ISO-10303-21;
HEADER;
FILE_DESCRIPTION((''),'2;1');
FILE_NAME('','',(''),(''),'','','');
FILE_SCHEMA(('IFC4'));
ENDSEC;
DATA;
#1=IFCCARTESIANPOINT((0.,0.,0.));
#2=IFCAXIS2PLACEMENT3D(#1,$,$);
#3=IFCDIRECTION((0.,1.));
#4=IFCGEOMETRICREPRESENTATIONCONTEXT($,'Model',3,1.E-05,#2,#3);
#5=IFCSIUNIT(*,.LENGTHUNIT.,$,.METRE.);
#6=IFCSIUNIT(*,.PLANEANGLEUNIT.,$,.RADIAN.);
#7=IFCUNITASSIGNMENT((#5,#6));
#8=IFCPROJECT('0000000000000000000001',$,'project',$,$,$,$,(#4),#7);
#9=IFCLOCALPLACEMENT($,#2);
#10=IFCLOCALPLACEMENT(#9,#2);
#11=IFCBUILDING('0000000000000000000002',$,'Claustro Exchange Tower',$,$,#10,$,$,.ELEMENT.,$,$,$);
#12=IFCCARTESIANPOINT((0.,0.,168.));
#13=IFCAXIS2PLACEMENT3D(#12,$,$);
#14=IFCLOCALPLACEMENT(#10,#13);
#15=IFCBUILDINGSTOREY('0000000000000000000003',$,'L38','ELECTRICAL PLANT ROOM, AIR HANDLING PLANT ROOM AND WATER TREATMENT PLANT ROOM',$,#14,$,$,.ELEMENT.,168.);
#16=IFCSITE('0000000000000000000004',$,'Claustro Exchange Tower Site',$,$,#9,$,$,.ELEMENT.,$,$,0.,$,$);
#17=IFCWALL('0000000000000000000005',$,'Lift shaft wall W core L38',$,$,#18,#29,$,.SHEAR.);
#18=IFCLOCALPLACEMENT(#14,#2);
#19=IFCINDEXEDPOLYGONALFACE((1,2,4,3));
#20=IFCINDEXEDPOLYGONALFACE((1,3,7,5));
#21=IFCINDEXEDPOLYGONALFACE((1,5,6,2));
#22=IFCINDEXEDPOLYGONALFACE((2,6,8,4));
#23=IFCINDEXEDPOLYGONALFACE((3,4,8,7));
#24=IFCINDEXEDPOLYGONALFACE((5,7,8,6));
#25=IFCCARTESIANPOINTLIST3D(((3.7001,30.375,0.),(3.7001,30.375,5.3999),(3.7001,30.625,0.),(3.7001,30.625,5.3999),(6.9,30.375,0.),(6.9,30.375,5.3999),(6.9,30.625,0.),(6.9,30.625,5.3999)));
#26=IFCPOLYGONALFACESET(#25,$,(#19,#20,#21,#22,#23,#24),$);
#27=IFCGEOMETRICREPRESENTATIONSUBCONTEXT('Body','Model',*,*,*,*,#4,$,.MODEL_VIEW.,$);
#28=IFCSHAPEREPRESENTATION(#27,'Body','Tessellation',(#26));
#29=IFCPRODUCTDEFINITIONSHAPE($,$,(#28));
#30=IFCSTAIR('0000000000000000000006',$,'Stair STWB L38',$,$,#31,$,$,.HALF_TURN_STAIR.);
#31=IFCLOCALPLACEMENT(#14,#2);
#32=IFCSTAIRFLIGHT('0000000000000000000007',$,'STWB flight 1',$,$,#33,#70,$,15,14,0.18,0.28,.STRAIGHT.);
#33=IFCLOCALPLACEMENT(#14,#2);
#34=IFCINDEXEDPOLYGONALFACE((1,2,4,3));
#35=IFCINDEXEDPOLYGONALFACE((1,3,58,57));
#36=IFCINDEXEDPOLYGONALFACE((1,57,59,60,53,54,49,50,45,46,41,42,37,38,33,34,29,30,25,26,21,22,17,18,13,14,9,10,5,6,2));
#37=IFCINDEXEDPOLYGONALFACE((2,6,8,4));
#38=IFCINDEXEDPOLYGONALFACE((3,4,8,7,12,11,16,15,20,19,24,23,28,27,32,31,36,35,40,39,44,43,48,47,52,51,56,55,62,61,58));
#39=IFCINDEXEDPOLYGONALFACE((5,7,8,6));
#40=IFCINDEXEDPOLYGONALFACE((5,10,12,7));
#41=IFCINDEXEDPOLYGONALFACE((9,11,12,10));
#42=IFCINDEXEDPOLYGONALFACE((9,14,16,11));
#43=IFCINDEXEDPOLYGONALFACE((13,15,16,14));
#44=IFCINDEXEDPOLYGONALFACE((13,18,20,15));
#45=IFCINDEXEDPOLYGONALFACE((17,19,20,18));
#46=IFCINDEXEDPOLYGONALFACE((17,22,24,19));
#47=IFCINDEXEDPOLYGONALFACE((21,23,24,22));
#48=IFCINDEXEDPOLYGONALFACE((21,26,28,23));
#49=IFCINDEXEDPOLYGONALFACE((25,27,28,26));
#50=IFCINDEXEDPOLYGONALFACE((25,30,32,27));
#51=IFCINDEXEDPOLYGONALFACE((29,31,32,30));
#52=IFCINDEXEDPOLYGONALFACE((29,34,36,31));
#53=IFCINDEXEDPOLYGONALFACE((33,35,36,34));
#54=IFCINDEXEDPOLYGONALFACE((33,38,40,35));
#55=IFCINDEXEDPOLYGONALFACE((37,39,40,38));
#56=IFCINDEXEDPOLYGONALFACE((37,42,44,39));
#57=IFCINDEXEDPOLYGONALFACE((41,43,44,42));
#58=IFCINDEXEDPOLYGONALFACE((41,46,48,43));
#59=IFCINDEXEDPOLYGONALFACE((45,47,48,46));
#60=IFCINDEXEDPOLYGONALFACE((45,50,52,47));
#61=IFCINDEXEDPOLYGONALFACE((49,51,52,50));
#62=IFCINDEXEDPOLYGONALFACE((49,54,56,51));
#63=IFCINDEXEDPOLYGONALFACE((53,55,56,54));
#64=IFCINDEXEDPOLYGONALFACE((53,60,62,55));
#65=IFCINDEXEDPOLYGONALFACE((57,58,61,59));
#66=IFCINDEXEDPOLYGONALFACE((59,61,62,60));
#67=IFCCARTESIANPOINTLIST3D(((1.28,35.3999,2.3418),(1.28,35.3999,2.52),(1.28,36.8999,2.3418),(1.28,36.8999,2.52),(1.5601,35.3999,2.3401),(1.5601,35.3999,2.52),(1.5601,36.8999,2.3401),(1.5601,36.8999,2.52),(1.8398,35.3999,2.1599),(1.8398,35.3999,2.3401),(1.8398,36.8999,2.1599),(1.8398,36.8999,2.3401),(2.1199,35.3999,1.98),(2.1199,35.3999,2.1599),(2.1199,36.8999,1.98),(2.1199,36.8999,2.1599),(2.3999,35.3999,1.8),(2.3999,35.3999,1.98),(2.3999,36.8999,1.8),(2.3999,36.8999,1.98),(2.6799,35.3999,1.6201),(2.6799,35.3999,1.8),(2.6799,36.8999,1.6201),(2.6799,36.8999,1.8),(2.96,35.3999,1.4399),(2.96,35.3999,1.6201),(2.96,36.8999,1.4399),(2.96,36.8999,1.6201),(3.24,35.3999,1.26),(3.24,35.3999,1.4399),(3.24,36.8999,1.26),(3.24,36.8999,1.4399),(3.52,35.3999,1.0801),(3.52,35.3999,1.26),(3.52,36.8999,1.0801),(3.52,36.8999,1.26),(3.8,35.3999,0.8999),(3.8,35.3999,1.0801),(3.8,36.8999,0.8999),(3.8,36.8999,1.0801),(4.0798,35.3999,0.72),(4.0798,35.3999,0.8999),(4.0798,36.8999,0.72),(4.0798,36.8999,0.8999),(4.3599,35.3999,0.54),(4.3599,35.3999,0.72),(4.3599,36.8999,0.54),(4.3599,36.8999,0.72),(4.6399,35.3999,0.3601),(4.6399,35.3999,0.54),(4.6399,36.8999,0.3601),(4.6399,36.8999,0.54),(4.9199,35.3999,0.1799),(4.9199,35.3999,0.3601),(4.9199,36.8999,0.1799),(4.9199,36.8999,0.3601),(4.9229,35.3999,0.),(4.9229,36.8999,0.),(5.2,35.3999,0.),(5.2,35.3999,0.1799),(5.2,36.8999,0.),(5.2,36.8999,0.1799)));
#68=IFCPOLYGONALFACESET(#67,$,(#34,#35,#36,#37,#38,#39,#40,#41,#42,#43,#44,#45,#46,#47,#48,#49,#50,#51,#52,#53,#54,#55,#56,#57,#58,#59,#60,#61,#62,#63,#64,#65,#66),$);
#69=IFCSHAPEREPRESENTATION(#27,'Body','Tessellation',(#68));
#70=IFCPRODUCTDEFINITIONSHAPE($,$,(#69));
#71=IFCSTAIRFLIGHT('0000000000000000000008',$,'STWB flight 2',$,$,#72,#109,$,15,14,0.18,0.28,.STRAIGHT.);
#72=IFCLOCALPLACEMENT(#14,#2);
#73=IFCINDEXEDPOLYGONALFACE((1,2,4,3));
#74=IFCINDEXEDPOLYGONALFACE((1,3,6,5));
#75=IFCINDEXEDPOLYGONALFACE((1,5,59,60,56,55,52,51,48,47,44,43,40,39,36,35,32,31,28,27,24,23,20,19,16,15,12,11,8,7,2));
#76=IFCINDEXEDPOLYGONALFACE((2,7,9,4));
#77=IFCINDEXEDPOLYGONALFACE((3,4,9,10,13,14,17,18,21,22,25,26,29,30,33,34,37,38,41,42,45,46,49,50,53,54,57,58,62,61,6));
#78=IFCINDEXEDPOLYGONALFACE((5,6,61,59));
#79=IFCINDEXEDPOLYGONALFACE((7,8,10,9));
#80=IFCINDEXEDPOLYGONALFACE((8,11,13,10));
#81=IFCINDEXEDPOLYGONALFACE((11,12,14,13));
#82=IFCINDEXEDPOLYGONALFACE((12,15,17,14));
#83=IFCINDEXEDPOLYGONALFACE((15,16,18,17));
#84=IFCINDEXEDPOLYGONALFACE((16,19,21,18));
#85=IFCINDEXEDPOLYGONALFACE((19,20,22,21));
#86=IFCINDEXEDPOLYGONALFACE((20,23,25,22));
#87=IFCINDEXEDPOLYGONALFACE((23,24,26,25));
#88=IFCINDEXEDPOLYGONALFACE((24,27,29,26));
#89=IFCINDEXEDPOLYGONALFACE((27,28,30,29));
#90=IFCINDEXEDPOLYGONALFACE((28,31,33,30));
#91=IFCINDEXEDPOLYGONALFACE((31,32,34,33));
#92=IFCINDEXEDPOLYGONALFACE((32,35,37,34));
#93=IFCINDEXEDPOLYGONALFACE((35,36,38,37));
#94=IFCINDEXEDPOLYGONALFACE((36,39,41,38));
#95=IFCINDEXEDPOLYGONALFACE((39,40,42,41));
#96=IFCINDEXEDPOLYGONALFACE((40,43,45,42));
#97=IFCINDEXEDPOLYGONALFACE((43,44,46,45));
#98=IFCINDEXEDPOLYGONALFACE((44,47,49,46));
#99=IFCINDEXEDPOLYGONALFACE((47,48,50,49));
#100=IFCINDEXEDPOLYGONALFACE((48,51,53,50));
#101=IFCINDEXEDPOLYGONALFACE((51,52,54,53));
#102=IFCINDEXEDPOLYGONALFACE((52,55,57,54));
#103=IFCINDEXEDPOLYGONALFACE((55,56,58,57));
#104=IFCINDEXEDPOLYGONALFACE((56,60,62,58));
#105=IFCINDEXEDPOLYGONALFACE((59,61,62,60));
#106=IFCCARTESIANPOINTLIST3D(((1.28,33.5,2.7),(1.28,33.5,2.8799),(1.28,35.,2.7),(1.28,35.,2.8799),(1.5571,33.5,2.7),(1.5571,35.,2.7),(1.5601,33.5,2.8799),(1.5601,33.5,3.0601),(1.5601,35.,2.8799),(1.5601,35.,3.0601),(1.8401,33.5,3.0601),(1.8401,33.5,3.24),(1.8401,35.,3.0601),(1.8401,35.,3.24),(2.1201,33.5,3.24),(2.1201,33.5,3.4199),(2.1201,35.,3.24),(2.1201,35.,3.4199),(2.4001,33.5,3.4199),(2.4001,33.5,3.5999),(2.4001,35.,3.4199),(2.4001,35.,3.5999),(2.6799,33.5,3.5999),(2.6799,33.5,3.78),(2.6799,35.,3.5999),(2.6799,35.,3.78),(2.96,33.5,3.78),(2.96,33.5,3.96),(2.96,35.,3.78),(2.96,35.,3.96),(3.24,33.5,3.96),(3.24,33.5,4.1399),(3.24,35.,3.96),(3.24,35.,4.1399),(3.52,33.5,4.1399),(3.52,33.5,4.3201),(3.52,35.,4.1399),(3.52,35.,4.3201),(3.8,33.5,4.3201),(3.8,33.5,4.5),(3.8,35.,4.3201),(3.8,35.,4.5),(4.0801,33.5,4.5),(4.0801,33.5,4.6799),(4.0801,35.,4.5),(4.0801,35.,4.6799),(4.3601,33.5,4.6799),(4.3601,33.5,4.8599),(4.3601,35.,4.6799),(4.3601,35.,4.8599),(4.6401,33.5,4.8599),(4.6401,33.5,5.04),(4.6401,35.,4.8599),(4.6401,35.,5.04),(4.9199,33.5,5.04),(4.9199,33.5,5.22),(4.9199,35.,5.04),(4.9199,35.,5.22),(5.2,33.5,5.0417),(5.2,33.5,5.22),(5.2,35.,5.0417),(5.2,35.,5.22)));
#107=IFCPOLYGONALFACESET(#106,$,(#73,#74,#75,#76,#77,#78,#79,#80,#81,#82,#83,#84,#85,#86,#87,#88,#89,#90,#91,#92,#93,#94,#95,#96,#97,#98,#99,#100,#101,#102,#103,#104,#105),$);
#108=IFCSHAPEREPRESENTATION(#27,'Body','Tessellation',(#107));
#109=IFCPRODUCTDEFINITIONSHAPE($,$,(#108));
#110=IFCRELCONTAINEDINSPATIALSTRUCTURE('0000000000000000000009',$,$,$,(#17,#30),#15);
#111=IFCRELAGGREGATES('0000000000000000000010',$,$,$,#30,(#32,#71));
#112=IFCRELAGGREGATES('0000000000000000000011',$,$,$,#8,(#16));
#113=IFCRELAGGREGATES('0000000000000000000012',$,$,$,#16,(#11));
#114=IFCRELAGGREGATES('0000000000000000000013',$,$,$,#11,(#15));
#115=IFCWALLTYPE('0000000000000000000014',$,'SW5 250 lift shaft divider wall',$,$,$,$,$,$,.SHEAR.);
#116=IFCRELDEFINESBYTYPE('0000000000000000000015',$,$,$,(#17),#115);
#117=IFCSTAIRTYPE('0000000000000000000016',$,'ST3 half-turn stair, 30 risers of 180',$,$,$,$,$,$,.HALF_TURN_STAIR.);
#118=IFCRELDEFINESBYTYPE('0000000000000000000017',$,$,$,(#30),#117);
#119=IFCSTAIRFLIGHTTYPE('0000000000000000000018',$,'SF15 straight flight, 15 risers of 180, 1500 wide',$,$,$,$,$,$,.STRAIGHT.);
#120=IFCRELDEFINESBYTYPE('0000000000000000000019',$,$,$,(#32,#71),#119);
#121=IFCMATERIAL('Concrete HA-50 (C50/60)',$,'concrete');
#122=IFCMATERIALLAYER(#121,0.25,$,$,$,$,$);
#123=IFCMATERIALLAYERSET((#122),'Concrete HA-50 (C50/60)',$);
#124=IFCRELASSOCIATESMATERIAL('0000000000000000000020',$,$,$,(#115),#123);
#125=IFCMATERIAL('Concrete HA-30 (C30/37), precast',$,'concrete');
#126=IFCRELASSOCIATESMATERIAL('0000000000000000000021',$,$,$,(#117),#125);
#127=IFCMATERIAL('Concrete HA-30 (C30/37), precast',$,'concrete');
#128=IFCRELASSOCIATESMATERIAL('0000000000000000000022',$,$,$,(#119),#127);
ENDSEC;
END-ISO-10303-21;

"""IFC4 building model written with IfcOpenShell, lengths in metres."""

from ifc_helpers import new_model, si_unit, direction, frame, frame_2d, origin, place, context, subcontext, project, spatial, polyline, rectangle, outline, extrude, material, layer, layer_set, type_object, element, aggregate, save


model = new_model("IFC4")

# Units and contexts
model_context = context("Model", 3, precision=1e-05, world=origin(), true_north=direction((0.0, 1.0)))
body_context = subcontext(model_context, "Body", "Model", "MODEL_VIEW")
ifc_project = project(units=[si_unit("LENGTHUNIT", "METRE"), si_unit("PLANEANGLEUNIT", "RADIAN")], contexts=[model_context])

# Site, building, storey
site_placement = place(None, origin())
site = spatial("IfcSite", under=ifc_project, at=site_placement, Name="Claustro Exchange Tower Site", CompositionType="ELEMENT", RefElevation=0.0)
building_placement = place(site_placement, origin())
building = spatial("IfcBuilding", under=site, at=building_placement, Name="Claustro Exchange Tower", CompositionType="ELEMENT")
storey_placement = place(building_placement, frame((0.0, 0.0, 168.0)))
storey = spatial("IfcBuildingStorey", under=building, at=storey_placement, Name="L38", Description="ELECTRICAL PLANT ROOM, AIR HANDLING PLANT ROOM AND WATER TREATMENT PLANT ROOM", CompositionType="ELEMENT", Elevation=168.0)

# Wall
ifc_material_1 = material(Name="Concrete HA-50 (C50/60)", Category="concrete")
ifc_layer_1 = layer(ifc_material_1, 0.25)
ifc_layer_set_1 = layer_set([ifc_layer_1], Name="Concrete HA-50 (C50/60)")
wall_type_1 = type_object("IfcWallType", Name="SW5 250 lift shaft divider wall", PredefinedType="SHEAR", material=ifc_layer_set_1)
wall_1_placement = place(storey_placement, frame((3.7, 30.5, 0.0), z_axis=(0.0, 0.0, 1.0), x_axis=(1.0, 0.0, 0.0)))
element("IfcWall", 1, at=wall_1_placement, inside=storey, type_object=wall_type_1, Name="Lift shaft wall W core L38", PredefinedType="SHEAR", context=body_context, shape_type="SweptSolid", body=[
    extrude(rectangle(XDim=3.2, YDim=0.25, at=frame_2d((1.6001, 0.0))), origin(), (0.0, 0.0, 1.0), 5.3999),
])

# Stair, stair flights
ifc_material_2 = material(Name="Concrete HA-30 (C30/37), precast", Category="concrete")
stair_type = type_object("IfcStairType", Name="ST3 half-turn stair, 30 risers of 180", PredefinedType="HALF_TURN_STAIR", material=ifc_material_2)
stair_placement = place(storey_placement, origin())
stair = element("IfcStair", 2, at=stair_placement, inside=storey, type_object=stair_type, Name="Stair STWB L38", PredefinedType="HALF_TURN_STAIR")
ifc_material_3 = material(Name="Concrete HA-30 (C30/37), precast", Category="concrete")
stair_flight_type = type_object("IfcStairFlightType", Name="SF15 straight flight, 15 risers of 180, 1500 wide", PredefinedType="STRAIGHT", material=ifc_material_3)
stair_flight_1_placement = place(storey_placement, frame((5.2, 36.1499, 0.0), z_axis=(0.0, 0.0, 1.0), x_axis=(-1.0, 0.0, 0.0)))
stair_flight_1 = element("IfcStairFlight", 3, at=stair_flight_1_placement, type_object=stair_flight_type, Name="STWB flight 1", NumberOfRisers=15, NumberOfTreads=14, PredefinedType="STRAIGHT", RiserHeight=0.18, TreadLength=0.28, context=body_context, shape_type="SweptSolid", body=[
    extrude(outline(polyline([(0.0, 0.0), (0.0, 0.1799), (0.28, 0.1799), (0.28, 0.3601), (0.5601, 0.3601), (0.5601, 0.54), (0.8401, 0.54), (0.8401, 0.72), (1.1201, 0.72), (1.1201, 0.8999), (1.3999, 0.8999), (1.3999, 1.0801), (1.6799, 1.0801), (1.6799, 1.26), (1.96, 1.26), (1.96, 1.4399), (2.24, 1.4399), (2.24, 1.6201), (2.52, 1.6201), (2.52, 1.8), (2.8, 1.8), (2.8, 1.98), (3.0801, 1.98), (3.0801, 2.1599), (3.3601, 2.1599), (3.3601, 2.3401), (3.6399, 2.3401), (3.6399, 2.52), (3.9199, 2.52), (3.9199, 2.7), (3.9199, 2.3418), (0.2771, 0.0), (0.0, 0.0)])), frame((0.0, 0.75, 0.0), z_axis=(0.0, -1.0, 0.0), x_axis=(1.0, 0.0, 0.0)), (0.0, 0.0, 1.0), 1.5),
])
stair_flight_2_placement = place(storey_placement, frame((1.28, 34.25, 2.7), z_axis=(0.0, 0.0, 1.0), x_axis=(1.0, 0.0, 0.0)))
stair_flight_2 = element("IfcStairFlight", 4, at=stair_flight_2_placement, type_object=stair_flight_type, Name="STWB flight 2", NumberOfRisers=15, NumberOfTreads=14, PredefinedType="STRAIGHT", RiserHeight=0.18, TreadLength=0.28, context=body_context, shape_type="SweptSolid", body=[
    extrude(outline(polyline([(0.0, 0.0), (0.0, 0.1799), (0.28, 0.1799), (0.28, 0.3601), (0.5601, 0.3601), (0.5601, 0.54), (0.8401, 0.54), (0.8401, 0.72), (1.1201, 0.72), (1.1201, 0.8999), (1.3999, 0.8999), (1.3999, 1.0801), (1.6799, 1.0801), (1.6799, 1.26), (1.96, 1.26), (1.96, 1.4399), (2.24, 1.4399), (2.24, 1.6201), (2.52, 1.6201), (2.52, 1.8), (2.8, 1.8), (2.8, 1.98), (3.0801, 1.98), (3.0801, 2.1599), (3.3601, 2.1599), (3.3601, 2.3401), (3.6399, 2.3401), (3.6399, 2.52), (3.9199, 2.52), (3.9199, 2.7), (3.9199, 2.3418), (0.2771, 0.0), (0.0, 0.0)])), frame((0.0, 0.75, 0.0), z_axis=(0.0, -1.0, 0.0), x_axis=(1.0, 0.0, 0.0)), (0.0, 0.0, 1.0), 1.5),
])
aggregate(stair, [stair_flight_1, stair_flight_2])

save(model, "model.ifc")
